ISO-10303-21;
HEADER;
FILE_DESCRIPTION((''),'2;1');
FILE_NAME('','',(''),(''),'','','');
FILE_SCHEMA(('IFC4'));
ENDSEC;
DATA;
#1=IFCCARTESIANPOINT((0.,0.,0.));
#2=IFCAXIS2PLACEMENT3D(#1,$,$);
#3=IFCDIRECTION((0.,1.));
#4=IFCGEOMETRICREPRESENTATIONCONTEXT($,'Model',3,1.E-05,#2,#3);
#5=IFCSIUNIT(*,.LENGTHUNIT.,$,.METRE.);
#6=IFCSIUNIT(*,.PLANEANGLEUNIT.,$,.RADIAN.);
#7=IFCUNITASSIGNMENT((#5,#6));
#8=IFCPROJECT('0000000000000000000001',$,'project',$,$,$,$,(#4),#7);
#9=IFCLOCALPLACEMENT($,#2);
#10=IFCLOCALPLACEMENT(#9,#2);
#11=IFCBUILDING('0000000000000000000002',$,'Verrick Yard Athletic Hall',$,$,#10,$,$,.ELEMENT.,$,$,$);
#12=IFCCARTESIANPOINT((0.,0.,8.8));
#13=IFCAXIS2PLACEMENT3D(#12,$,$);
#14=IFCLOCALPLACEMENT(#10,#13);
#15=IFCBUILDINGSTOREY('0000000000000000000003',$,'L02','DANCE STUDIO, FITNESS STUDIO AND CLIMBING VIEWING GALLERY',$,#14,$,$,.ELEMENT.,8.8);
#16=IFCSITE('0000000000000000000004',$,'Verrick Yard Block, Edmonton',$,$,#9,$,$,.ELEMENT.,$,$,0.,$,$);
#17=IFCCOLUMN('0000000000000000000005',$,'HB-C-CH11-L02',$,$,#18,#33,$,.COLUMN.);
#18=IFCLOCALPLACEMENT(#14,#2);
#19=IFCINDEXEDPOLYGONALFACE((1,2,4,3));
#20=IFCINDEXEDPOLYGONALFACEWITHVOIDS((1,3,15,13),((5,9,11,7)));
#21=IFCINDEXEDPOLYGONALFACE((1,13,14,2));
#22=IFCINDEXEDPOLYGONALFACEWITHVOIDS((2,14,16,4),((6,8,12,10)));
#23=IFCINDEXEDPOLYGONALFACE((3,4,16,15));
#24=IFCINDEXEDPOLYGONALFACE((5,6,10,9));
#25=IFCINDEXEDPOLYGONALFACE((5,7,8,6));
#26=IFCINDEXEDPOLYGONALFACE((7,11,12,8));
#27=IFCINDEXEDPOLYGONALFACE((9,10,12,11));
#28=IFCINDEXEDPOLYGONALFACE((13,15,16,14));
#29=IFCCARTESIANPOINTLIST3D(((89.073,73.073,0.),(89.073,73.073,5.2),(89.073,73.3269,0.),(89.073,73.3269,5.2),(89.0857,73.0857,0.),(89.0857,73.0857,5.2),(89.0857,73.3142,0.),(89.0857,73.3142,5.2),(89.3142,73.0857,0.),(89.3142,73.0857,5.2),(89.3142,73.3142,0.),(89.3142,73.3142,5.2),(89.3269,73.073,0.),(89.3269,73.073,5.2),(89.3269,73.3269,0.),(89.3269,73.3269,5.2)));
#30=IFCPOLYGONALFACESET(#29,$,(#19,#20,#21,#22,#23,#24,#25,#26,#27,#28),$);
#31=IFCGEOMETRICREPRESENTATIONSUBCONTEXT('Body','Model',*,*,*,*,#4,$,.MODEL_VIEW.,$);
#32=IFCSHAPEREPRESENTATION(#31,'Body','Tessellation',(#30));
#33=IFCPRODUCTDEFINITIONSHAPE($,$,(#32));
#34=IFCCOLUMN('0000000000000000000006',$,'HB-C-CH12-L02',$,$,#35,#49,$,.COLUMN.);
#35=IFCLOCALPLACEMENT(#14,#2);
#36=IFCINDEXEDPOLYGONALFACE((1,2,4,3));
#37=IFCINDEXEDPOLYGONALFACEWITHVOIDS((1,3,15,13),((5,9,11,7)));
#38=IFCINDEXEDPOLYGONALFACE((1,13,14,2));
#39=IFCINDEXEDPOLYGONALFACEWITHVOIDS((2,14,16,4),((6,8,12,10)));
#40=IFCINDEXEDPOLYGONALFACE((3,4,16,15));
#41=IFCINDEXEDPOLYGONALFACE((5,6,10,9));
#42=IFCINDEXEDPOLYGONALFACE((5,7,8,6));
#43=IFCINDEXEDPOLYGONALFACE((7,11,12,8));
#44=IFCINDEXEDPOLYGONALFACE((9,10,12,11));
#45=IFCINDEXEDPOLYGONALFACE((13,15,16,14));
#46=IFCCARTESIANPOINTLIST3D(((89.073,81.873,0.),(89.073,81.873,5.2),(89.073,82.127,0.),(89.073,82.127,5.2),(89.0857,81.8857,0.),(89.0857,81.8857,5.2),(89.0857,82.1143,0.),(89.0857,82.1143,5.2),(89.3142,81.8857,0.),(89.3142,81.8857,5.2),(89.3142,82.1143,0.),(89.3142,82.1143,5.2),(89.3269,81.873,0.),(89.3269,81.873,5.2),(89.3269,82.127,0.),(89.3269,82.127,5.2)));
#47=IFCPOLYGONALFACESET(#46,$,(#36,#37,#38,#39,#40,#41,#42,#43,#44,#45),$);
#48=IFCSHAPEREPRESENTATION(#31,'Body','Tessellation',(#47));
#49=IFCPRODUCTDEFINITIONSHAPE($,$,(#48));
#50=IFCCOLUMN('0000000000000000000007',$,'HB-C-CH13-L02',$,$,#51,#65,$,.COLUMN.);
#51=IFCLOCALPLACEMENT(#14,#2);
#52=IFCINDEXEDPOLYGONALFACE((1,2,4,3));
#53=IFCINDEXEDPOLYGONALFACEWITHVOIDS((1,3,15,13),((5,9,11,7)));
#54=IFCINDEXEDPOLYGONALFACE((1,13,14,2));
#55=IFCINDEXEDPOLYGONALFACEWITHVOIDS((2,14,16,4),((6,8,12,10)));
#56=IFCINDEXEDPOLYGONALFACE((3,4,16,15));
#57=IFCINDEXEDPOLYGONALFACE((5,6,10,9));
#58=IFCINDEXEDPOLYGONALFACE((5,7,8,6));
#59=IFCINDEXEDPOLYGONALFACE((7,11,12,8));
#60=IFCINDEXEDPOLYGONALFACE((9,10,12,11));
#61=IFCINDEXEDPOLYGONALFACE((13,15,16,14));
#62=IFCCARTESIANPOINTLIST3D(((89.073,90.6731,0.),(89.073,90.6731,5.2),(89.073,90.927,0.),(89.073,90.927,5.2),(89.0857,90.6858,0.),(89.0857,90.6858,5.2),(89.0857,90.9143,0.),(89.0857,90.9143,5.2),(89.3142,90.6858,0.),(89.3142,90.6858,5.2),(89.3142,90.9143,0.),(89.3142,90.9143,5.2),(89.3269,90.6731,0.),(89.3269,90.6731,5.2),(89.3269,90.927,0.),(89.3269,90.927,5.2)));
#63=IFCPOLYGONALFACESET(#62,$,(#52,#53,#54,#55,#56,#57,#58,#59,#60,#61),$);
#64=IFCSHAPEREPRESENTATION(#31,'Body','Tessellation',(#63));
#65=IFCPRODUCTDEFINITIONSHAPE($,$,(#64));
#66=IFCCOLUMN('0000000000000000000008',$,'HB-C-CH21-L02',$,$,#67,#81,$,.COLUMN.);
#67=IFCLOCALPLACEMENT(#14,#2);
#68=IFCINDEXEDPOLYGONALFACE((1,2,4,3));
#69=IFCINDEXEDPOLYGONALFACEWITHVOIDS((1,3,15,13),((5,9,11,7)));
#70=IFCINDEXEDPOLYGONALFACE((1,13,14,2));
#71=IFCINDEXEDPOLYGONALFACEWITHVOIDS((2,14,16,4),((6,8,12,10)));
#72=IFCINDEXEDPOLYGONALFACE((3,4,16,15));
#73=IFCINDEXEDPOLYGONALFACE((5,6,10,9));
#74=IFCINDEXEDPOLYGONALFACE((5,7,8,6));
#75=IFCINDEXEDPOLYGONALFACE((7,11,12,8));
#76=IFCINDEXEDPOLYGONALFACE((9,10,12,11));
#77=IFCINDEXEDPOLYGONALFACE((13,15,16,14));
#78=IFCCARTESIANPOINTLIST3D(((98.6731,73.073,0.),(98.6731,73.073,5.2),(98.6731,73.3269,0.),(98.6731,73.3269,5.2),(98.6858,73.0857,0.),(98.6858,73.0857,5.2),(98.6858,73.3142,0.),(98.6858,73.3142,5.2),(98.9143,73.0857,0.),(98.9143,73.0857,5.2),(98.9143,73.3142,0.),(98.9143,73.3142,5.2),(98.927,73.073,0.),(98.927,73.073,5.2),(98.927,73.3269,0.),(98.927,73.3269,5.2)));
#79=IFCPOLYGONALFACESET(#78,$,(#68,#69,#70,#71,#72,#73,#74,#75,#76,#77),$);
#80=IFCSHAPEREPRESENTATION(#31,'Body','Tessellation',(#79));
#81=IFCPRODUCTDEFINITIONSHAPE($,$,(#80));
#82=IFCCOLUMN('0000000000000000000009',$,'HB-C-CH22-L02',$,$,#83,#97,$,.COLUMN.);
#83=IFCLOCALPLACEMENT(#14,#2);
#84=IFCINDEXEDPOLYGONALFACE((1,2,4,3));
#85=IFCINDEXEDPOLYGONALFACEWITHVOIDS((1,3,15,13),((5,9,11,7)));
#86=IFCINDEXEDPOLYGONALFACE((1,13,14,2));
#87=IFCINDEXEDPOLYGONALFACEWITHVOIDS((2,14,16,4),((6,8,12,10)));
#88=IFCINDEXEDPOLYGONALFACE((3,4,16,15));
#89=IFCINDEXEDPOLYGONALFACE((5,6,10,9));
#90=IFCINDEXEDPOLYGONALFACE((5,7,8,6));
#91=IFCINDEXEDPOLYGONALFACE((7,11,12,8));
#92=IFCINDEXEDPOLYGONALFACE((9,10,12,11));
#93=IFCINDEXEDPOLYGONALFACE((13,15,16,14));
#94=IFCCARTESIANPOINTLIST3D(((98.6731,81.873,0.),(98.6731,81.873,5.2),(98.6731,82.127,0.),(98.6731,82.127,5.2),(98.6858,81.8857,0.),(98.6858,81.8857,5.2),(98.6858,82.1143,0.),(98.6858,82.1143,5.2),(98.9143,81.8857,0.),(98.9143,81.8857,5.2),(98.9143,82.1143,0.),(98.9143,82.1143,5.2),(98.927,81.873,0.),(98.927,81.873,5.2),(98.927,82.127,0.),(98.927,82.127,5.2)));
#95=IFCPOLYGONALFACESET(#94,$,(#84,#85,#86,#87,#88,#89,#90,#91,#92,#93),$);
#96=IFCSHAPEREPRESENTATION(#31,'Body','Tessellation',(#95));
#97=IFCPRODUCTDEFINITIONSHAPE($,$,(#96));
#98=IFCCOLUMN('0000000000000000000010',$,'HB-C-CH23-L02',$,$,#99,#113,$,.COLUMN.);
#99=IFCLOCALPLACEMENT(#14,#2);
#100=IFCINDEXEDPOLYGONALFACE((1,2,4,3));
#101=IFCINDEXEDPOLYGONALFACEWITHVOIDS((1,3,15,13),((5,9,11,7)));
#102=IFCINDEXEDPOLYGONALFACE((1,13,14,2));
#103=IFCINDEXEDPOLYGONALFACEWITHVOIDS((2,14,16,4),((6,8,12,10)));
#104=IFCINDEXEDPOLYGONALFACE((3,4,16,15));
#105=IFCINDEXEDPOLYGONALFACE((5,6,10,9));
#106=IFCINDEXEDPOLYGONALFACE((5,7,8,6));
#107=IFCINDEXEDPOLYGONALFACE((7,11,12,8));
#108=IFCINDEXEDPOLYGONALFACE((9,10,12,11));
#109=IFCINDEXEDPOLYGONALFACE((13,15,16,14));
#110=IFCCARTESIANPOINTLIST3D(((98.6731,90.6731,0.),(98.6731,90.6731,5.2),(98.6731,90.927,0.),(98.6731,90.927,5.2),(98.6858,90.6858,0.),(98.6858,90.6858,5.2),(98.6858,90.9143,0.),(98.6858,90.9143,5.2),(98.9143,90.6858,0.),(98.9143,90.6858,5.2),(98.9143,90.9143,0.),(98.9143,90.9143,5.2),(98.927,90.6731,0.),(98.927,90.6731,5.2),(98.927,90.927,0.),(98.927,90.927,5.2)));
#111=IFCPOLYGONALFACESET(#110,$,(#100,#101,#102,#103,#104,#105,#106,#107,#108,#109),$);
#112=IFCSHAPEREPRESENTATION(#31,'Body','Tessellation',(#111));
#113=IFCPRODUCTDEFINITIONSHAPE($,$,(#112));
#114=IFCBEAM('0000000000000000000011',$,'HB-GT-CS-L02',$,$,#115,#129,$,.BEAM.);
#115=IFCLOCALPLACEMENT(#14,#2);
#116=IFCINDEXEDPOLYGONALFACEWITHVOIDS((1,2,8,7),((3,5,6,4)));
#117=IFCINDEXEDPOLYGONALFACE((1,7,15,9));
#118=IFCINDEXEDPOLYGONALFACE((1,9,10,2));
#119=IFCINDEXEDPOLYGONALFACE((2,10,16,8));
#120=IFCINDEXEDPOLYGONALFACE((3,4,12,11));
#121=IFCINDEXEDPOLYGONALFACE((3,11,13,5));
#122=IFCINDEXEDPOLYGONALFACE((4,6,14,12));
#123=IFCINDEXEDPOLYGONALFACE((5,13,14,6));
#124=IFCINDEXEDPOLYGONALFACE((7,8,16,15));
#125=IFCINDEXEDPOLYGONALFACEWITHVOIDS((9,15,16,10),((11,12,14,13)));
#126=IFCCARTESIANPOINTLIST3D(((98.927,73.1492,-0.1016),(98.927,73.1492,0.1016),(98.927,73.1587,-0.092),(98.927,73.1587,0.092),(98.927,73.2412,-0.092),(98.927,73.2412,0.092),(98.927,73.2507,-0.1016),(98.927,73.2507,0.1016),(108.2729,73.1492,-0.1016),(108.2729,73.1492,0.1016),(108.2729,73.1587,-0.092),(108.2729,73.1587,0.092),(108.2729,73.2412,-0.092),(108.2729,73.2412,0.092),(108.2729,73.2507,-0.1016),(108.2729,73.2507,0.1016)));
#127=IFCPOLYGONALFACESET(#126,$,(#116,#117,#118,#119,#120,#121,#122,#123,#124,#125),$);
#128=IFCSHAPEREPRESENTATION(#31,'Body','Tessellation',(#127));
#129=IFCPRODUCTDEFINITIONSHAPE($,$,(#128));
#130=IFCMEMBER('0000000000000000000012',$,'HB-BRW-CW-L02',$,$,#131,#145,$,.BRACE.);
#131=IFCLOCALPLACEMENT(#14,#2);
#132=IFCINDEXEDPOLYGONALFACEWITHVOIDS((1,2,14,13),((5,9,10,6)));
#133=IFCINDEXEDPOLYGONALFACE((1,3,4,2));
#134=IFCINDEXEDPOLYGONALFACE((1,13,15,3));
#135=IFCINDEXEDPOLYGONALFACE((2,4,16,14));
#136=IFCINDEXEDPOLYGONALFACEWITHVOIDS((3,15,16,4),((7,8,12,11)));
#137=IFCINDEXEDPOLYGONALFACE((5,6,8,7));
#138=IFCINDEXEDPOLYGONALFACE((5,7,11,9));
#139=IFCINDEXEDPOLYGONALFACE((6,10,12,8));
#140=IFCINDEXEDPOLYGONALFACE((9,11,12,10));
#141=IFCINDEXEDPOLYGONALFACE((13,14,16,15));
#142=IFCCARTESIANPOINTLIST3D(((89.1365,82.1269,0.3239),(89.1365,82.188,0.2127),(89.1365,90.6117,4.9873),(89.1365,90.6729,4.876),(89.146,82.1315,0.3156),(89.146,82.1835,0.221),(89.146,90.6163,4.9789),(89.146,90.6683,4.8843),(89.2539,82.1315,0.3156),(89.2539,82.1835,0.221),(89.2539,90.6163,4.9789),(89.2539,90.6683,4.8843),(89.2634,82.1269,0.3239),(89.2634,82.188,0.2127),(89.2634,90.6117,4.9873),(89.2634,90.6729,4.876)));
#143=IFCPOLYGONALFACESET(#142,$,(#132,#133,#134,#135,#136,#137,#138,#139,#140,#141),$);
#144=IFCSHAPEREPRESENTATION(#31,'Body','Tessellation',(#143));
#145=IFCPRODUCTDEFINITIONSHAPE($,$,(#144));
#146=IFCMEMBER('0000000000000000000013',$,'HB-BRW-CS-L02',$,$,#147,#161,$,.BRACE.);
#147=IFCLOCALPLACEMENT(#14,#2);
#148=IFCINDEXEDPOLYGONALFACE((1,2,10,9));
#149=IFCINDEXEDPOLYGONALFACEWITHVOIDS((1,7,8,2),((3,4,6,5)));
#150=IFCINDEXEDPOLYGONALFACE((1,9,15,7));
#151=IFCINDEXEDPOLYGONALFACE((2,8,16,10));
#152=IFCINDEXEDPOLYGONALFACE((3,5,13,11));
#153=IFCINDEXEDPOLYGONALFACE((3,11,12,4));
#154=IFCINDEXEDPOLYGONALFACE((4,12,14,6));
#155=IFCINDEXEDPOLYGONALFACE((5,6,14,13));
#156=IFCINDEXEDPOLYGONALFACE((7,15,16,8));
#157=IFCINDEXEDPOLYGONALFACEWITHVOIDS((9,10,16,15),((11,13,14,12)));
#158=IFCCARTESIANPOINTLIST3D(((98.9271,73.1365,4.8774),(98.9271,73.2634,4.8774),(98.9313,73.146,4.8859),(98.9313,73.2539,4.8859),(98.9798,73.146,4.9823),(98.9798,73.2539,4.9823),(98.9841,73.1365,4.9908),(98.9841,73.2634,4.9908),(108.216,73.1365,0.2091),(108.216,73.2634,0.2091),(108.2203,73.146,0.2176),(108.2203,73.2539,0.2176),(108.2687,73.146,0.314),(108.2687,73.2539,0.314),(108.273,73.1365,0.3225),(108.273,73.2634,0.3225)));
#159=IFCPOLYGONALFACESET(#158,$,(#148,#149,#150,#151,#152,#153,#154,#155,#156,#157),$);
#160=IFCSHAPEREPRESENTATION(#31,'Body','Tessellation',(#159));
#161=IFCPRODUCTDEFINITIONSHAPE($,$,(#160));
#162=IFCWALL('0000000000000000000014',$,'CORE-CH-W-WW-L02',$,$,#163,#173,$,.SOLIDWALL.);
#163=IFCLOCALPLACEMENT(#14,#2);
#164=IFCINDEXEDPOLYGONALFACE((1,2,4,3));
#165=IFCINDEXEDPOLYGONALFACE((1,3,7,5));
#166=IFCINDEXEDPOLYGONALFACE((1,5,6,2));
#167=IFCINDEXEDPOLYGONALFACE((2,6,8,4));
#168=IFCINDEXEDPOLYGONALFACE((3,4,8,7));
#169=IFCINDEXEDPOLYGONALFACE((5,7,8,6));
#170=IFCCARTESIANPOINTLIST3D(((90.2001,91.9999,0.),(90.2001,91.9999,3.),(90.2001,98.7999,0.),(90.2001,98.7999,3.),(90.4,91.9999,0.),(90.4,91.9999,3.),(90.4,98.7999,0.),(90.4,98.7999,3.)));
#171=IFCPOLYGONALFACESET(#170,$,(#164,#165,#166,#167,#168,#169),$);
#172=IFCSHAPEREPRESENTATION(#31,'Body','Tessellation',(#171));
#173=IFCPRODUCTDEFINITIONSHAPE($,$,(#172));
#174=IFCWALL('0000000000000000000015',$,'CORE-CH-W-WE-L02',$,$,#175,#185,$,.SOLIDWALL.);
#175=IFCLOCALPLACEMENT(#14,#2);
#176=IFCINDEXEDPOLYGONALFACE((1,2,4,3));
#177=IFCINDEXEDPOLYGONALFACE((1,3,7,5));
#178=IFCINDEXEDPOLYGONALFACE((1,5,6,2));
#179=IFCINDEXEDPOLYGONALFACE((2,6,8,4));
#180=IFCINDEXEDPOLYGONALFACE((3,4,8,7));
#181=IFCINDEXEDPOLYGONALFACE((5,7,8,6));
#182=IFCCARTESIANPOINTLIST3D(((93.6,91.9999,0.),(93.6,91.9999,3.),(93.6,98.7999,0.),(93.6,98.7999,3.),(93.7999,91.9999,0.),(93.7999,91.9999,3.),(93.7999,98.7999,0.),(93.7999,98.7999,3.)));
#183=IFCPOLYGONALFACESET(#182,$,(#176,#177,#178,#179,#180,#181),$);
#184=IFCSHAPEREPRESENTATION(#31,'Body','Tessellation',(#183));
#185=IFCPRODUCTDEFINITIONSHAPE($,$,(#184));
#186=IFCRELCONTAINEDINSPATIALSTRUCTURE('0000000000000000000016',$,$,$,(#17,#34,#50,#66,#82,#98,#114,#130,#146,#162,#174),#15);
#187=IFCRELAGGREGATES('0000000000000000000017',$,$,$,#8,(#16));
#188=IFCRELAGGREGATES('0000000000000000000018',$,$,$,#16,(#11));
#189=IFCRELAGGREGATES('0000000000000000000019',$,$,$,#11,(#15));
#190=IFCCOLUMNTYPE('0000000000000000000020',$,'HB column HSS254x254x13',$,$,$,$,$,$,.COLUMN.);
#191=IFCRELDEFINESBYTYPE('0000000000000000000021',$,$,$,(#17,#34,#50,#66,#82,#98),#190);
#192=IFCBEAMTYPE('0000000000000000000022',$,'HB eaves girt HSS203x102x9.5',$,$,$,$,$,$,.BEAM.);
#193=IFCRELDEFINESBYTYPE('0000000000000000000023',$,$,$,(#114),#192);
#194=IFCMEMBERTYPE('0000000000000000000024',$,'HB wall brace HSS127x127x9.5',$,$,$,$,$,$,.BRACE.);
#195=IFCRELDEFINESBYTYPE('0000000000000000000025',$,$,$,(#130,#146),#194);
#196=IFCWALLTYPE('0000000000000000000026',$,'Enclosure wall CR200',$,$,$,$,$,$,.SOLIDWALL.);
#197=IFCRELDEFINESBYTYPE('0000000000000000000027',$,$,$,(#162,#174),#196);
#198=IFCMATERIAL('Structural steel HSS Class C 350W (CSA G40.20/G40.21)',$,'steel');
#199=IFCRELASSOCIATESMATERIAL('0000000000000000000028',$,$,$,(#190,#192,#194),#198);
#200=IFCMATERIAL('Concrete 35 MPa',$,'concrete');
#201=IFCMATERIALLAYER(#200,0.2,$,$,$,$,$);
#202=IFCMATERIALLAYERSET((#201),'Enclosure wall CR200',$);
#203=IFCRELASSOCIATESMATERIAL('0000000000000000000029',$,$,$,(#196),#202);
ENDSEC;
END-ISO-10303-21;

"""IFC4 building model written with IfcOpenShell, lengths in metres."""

from ifc_helpers import new_model, si_unit, direction, frame, frame_2d, origin, origin_2d, place, context, subcontext, project, spatial, rectangle, hollow_rectangle, extrude, material, layer, layer_set, material_profile, profile_set, type_object, element, save


model = new_model("IFC4")

# Units and contexts
model_context = context("Model", 3, precision=1e-05, world=origin(), true_north=direction((0.0, 1.0)))
body_context = subcontext(model_context, "Body", "Model", "MODEL_VIEW")
ifc_project = project(units=[si_unit("LENGTHUNIT", "METRE"), si_unit("PLANEANGLEUNIT", "RADIAN")], contexts=[model_context])

# Site, building, storey
site_placement = place(None, origin())
site = spatial("IfcSite", under=ifc_project, at=site_placement, Name="Verrick Yard Block, Edmonton", CompositionType="ELEMENT", RefElevation=0.0)
building_placement = place(site_placement, origin())
building = spatial("IfcBuilding", under=site, at=building_placement, Name="Verrick Yard Athletic Hall", CompositionType="ELEMENT")
storey_placement = place(building_placement, frame((0.0, 0.0, 8.8)))
storey = spatial("IfcBuildingStorey", under=building, at=storey_placement, Name="L02", Description="DANCE STUDIO, FITNESS STUDIO AND CLIMBING VIEWING GALLERY", CompositionType="ELEMENT", Elevation=8.8)

# Columns
ifc_material_1 = material(Name="Structural steel HSS Class C 350W (CSA G40.20/G40.21)", Category="steel")
ifc_material_profile_1 = material_profile(ifc_material_1, hollow_rectangle(XDim=0.2539, YDim=0.2539, WallThickness=0.0127, at=origin_2d()), Name="HSS254x254x13")
ifc_profile_set_1 = profile_set([ifc_material_profile_1], Name="Structural steel HSS Class C 350W (CSA G40.20/G40.21)")
column_type = type_object("IfcColumnType", Name="HB column HSS254x254x13", PredefinedType="COLUMN", material=ifc_profile_set_1)
for number, where, z_axis, x_axis, name in (
    (1, (89.2, 73.2, 0.0), (0.0, 0.0, 1.0), (1.0, 0.0, 0.0), "HB-C-CH11-L02"),
    (2, (89.2, 82.0, 0.0), (0.0, 0.0, 1.0), (1.0, 0.0, 0.0), "HB-C-CH12-L02"),
    (3, (89.2, 90.8, 0.0), (0.0, 0.0, 1.0), (1.0, 0.0, 0.0), "HB-C-CH13-L02"),
    (4, (98.8, 73.2, 0.0), (0.0, 0.0, 1.0), (1.0, 0.0, 0.0), "HB-C-CH21-L02"),
    (5, (98.8, 82.0, 0.0), (0.0, 0.0, 1.0), (1.0, 0.0, 0.0), "HB-C-CH22-L02"),
    (6, (98.8, 90.8, 0.0), (0.0, 0.0, 1.0), (1.0, 0.0, 0.0), "HB-C-CH23-L02"),
):
    element("IfcColumn", number, at=place(storey_placement, frame(where, z_axis=z_axis, x_axis=x_axis)), inside=storey, type_object=column_type, Name=name, PredefinedType="COLUMN", context=body_context, shape_type="SweptSolid", body=[
        extrude(hollow_rectangle(XDim=0.2539, YDim=0.2539, WallThickness=0.0127, at=origin_2d()), origin(), (0.0, 0.0, 1.0), 5.2),
    ])

# Beam
ifc_material_profile_2 = material_profile(ifc_material_1, hollow_rectangle(XDim=0.1016, YDim=0.2031, WallThickness=0.0095, at=origin_2d()), Name="HSS203x102x9.5")
ifc_profile_set_2 = profile_set([ifc_material_profile_2], Name="Structural steel HSS Class C 350W (CSA G40.20/G40.21)")
beam_type = type_object("IfcBeamType", Name="HB eaves girt HSS203x102x9.5", PredefinedType="BEAM", material=ifc_profile_set_2)
beam_placement = place(storey_placement, frame((98.927, 73.2, 0.0), z_axis=(1.0, 0.0, 0.0), x_axis=(0.0, 1.0, 0.0)))
element("IfcBeam", 7, at=beam_placement, inside=storey, type_object=beam_type, Name="HB-GT-CS-L02", PredefinedType="BEAM", context=body_context, shape_type="SweptSolid", body=[
    extrude(hollow_rectangle(XDim=0.1016, YDim=0.2031, WallThickness=0.0095, at=origin_2d()), origin(), (0.0, 0.0, 1.0), 9.3459),
])

# Members
ifc_material_profile_3 = material_profile(ifc_material_1, hollow_rectangle(XDim=0.127, YDim=0.127, WallThickness=0.0095, at=origin_2d()), Name="HSS127x127x9.5")
ifc_profile_set_3 = profile_set([ifc_material_profile_3], Name="Structural steel HSS Class C 350W (CSA G40.20/G40.21)")
member_type = type_object("IfcMemberType", Name="HB wall brace HSS127x127x9.5", PredefinedType="BRACE", material=ifc_profile_set_3)
member_1_placement = place(storey_placement, frame((89.2, 82.1575, 0.2683), z_axis=(0.0, 0.876362, 0.481653), x_axis=(-1.0, 0.0, 0.0)))
element("IfcMember", 8, at=member_1_placement, inside=storey, type_object=member_type, Name="HB-BRW-CW-L02", PredefinedType="BRACE", context=body_context, shape_type="SweptSolid", body=[
    extrude(hollow_rectangle(XDim=0.127, YDim=0.127, WallThickness=0.0095, at=origin_2d()), origin(), (0.0, 0.0, 1.0), 9.6819),
])
member_2_placement = place(storey_placement, frame((98.9556, 73.2, 4.9341), z_axis=(0.893509, 0.0, -0.449044), x_axis=(0.0, 1.0, 0.0)))
element("IfcMember", 9, at=member_2_placement, inside=storey, type_object=member_type, Name="HB-BRW-CS-L02", PredefinedType="BRACE", context=body_context, shape_type="SweptSolid", body=[
    extrude(hollow_rectangle(XDim=0.127, YDim=0.127, WallThickness=0.0095, at=origin_2d()), origin(), (0.0, 0.0, 1.0), 10.396),
])

# Walls
ifc_material_2 = material(Name="Concrete 35 MPa", Category="concrete")
ifc_layer_1 = layer(ifc_material_2, 0.2)
ifc_layer_set_1 = layer_set([ifc_layer_1], Name="Enclosure wall CR200")
wall_type_1 = type_object("IfcWallType", Name="Enclosure wall CR200", PredefinedType="SOLIDWALL", material=ifc_layer_set_1)
for number, where, z_axis, x_axis, name in (
    (10, (90.3, 92.0, 0.0), (0.0, 0.0, 1.0), (0.0, 1.0, 0.0), "CORE-CH-W-WW-L02"),
    (11, (93.7, 92.0, 0.0), (0.0, 0.0, 1.0), (0.0, 1.0, 0.0), "CORE-CH-W-WE-L02"),
):
    element("IfcWall", number, at=place(storey_placement, frame(where, z_axis=z_axis, x_axis=x_axis)), inside=storey, type_object=wall_type_1, Name=name, PredefinedType="SOLIDWALL", context=body_context, shape_type="SweptSolid", body=[
        extrude(rectangle(XDim=6.8, YDim=0.2, at=frame_2d((3.3999, 0.0))), origin(), (0.0, 0.0, 1.0), 3.0),
    ])

save(model, "model.ifc")
